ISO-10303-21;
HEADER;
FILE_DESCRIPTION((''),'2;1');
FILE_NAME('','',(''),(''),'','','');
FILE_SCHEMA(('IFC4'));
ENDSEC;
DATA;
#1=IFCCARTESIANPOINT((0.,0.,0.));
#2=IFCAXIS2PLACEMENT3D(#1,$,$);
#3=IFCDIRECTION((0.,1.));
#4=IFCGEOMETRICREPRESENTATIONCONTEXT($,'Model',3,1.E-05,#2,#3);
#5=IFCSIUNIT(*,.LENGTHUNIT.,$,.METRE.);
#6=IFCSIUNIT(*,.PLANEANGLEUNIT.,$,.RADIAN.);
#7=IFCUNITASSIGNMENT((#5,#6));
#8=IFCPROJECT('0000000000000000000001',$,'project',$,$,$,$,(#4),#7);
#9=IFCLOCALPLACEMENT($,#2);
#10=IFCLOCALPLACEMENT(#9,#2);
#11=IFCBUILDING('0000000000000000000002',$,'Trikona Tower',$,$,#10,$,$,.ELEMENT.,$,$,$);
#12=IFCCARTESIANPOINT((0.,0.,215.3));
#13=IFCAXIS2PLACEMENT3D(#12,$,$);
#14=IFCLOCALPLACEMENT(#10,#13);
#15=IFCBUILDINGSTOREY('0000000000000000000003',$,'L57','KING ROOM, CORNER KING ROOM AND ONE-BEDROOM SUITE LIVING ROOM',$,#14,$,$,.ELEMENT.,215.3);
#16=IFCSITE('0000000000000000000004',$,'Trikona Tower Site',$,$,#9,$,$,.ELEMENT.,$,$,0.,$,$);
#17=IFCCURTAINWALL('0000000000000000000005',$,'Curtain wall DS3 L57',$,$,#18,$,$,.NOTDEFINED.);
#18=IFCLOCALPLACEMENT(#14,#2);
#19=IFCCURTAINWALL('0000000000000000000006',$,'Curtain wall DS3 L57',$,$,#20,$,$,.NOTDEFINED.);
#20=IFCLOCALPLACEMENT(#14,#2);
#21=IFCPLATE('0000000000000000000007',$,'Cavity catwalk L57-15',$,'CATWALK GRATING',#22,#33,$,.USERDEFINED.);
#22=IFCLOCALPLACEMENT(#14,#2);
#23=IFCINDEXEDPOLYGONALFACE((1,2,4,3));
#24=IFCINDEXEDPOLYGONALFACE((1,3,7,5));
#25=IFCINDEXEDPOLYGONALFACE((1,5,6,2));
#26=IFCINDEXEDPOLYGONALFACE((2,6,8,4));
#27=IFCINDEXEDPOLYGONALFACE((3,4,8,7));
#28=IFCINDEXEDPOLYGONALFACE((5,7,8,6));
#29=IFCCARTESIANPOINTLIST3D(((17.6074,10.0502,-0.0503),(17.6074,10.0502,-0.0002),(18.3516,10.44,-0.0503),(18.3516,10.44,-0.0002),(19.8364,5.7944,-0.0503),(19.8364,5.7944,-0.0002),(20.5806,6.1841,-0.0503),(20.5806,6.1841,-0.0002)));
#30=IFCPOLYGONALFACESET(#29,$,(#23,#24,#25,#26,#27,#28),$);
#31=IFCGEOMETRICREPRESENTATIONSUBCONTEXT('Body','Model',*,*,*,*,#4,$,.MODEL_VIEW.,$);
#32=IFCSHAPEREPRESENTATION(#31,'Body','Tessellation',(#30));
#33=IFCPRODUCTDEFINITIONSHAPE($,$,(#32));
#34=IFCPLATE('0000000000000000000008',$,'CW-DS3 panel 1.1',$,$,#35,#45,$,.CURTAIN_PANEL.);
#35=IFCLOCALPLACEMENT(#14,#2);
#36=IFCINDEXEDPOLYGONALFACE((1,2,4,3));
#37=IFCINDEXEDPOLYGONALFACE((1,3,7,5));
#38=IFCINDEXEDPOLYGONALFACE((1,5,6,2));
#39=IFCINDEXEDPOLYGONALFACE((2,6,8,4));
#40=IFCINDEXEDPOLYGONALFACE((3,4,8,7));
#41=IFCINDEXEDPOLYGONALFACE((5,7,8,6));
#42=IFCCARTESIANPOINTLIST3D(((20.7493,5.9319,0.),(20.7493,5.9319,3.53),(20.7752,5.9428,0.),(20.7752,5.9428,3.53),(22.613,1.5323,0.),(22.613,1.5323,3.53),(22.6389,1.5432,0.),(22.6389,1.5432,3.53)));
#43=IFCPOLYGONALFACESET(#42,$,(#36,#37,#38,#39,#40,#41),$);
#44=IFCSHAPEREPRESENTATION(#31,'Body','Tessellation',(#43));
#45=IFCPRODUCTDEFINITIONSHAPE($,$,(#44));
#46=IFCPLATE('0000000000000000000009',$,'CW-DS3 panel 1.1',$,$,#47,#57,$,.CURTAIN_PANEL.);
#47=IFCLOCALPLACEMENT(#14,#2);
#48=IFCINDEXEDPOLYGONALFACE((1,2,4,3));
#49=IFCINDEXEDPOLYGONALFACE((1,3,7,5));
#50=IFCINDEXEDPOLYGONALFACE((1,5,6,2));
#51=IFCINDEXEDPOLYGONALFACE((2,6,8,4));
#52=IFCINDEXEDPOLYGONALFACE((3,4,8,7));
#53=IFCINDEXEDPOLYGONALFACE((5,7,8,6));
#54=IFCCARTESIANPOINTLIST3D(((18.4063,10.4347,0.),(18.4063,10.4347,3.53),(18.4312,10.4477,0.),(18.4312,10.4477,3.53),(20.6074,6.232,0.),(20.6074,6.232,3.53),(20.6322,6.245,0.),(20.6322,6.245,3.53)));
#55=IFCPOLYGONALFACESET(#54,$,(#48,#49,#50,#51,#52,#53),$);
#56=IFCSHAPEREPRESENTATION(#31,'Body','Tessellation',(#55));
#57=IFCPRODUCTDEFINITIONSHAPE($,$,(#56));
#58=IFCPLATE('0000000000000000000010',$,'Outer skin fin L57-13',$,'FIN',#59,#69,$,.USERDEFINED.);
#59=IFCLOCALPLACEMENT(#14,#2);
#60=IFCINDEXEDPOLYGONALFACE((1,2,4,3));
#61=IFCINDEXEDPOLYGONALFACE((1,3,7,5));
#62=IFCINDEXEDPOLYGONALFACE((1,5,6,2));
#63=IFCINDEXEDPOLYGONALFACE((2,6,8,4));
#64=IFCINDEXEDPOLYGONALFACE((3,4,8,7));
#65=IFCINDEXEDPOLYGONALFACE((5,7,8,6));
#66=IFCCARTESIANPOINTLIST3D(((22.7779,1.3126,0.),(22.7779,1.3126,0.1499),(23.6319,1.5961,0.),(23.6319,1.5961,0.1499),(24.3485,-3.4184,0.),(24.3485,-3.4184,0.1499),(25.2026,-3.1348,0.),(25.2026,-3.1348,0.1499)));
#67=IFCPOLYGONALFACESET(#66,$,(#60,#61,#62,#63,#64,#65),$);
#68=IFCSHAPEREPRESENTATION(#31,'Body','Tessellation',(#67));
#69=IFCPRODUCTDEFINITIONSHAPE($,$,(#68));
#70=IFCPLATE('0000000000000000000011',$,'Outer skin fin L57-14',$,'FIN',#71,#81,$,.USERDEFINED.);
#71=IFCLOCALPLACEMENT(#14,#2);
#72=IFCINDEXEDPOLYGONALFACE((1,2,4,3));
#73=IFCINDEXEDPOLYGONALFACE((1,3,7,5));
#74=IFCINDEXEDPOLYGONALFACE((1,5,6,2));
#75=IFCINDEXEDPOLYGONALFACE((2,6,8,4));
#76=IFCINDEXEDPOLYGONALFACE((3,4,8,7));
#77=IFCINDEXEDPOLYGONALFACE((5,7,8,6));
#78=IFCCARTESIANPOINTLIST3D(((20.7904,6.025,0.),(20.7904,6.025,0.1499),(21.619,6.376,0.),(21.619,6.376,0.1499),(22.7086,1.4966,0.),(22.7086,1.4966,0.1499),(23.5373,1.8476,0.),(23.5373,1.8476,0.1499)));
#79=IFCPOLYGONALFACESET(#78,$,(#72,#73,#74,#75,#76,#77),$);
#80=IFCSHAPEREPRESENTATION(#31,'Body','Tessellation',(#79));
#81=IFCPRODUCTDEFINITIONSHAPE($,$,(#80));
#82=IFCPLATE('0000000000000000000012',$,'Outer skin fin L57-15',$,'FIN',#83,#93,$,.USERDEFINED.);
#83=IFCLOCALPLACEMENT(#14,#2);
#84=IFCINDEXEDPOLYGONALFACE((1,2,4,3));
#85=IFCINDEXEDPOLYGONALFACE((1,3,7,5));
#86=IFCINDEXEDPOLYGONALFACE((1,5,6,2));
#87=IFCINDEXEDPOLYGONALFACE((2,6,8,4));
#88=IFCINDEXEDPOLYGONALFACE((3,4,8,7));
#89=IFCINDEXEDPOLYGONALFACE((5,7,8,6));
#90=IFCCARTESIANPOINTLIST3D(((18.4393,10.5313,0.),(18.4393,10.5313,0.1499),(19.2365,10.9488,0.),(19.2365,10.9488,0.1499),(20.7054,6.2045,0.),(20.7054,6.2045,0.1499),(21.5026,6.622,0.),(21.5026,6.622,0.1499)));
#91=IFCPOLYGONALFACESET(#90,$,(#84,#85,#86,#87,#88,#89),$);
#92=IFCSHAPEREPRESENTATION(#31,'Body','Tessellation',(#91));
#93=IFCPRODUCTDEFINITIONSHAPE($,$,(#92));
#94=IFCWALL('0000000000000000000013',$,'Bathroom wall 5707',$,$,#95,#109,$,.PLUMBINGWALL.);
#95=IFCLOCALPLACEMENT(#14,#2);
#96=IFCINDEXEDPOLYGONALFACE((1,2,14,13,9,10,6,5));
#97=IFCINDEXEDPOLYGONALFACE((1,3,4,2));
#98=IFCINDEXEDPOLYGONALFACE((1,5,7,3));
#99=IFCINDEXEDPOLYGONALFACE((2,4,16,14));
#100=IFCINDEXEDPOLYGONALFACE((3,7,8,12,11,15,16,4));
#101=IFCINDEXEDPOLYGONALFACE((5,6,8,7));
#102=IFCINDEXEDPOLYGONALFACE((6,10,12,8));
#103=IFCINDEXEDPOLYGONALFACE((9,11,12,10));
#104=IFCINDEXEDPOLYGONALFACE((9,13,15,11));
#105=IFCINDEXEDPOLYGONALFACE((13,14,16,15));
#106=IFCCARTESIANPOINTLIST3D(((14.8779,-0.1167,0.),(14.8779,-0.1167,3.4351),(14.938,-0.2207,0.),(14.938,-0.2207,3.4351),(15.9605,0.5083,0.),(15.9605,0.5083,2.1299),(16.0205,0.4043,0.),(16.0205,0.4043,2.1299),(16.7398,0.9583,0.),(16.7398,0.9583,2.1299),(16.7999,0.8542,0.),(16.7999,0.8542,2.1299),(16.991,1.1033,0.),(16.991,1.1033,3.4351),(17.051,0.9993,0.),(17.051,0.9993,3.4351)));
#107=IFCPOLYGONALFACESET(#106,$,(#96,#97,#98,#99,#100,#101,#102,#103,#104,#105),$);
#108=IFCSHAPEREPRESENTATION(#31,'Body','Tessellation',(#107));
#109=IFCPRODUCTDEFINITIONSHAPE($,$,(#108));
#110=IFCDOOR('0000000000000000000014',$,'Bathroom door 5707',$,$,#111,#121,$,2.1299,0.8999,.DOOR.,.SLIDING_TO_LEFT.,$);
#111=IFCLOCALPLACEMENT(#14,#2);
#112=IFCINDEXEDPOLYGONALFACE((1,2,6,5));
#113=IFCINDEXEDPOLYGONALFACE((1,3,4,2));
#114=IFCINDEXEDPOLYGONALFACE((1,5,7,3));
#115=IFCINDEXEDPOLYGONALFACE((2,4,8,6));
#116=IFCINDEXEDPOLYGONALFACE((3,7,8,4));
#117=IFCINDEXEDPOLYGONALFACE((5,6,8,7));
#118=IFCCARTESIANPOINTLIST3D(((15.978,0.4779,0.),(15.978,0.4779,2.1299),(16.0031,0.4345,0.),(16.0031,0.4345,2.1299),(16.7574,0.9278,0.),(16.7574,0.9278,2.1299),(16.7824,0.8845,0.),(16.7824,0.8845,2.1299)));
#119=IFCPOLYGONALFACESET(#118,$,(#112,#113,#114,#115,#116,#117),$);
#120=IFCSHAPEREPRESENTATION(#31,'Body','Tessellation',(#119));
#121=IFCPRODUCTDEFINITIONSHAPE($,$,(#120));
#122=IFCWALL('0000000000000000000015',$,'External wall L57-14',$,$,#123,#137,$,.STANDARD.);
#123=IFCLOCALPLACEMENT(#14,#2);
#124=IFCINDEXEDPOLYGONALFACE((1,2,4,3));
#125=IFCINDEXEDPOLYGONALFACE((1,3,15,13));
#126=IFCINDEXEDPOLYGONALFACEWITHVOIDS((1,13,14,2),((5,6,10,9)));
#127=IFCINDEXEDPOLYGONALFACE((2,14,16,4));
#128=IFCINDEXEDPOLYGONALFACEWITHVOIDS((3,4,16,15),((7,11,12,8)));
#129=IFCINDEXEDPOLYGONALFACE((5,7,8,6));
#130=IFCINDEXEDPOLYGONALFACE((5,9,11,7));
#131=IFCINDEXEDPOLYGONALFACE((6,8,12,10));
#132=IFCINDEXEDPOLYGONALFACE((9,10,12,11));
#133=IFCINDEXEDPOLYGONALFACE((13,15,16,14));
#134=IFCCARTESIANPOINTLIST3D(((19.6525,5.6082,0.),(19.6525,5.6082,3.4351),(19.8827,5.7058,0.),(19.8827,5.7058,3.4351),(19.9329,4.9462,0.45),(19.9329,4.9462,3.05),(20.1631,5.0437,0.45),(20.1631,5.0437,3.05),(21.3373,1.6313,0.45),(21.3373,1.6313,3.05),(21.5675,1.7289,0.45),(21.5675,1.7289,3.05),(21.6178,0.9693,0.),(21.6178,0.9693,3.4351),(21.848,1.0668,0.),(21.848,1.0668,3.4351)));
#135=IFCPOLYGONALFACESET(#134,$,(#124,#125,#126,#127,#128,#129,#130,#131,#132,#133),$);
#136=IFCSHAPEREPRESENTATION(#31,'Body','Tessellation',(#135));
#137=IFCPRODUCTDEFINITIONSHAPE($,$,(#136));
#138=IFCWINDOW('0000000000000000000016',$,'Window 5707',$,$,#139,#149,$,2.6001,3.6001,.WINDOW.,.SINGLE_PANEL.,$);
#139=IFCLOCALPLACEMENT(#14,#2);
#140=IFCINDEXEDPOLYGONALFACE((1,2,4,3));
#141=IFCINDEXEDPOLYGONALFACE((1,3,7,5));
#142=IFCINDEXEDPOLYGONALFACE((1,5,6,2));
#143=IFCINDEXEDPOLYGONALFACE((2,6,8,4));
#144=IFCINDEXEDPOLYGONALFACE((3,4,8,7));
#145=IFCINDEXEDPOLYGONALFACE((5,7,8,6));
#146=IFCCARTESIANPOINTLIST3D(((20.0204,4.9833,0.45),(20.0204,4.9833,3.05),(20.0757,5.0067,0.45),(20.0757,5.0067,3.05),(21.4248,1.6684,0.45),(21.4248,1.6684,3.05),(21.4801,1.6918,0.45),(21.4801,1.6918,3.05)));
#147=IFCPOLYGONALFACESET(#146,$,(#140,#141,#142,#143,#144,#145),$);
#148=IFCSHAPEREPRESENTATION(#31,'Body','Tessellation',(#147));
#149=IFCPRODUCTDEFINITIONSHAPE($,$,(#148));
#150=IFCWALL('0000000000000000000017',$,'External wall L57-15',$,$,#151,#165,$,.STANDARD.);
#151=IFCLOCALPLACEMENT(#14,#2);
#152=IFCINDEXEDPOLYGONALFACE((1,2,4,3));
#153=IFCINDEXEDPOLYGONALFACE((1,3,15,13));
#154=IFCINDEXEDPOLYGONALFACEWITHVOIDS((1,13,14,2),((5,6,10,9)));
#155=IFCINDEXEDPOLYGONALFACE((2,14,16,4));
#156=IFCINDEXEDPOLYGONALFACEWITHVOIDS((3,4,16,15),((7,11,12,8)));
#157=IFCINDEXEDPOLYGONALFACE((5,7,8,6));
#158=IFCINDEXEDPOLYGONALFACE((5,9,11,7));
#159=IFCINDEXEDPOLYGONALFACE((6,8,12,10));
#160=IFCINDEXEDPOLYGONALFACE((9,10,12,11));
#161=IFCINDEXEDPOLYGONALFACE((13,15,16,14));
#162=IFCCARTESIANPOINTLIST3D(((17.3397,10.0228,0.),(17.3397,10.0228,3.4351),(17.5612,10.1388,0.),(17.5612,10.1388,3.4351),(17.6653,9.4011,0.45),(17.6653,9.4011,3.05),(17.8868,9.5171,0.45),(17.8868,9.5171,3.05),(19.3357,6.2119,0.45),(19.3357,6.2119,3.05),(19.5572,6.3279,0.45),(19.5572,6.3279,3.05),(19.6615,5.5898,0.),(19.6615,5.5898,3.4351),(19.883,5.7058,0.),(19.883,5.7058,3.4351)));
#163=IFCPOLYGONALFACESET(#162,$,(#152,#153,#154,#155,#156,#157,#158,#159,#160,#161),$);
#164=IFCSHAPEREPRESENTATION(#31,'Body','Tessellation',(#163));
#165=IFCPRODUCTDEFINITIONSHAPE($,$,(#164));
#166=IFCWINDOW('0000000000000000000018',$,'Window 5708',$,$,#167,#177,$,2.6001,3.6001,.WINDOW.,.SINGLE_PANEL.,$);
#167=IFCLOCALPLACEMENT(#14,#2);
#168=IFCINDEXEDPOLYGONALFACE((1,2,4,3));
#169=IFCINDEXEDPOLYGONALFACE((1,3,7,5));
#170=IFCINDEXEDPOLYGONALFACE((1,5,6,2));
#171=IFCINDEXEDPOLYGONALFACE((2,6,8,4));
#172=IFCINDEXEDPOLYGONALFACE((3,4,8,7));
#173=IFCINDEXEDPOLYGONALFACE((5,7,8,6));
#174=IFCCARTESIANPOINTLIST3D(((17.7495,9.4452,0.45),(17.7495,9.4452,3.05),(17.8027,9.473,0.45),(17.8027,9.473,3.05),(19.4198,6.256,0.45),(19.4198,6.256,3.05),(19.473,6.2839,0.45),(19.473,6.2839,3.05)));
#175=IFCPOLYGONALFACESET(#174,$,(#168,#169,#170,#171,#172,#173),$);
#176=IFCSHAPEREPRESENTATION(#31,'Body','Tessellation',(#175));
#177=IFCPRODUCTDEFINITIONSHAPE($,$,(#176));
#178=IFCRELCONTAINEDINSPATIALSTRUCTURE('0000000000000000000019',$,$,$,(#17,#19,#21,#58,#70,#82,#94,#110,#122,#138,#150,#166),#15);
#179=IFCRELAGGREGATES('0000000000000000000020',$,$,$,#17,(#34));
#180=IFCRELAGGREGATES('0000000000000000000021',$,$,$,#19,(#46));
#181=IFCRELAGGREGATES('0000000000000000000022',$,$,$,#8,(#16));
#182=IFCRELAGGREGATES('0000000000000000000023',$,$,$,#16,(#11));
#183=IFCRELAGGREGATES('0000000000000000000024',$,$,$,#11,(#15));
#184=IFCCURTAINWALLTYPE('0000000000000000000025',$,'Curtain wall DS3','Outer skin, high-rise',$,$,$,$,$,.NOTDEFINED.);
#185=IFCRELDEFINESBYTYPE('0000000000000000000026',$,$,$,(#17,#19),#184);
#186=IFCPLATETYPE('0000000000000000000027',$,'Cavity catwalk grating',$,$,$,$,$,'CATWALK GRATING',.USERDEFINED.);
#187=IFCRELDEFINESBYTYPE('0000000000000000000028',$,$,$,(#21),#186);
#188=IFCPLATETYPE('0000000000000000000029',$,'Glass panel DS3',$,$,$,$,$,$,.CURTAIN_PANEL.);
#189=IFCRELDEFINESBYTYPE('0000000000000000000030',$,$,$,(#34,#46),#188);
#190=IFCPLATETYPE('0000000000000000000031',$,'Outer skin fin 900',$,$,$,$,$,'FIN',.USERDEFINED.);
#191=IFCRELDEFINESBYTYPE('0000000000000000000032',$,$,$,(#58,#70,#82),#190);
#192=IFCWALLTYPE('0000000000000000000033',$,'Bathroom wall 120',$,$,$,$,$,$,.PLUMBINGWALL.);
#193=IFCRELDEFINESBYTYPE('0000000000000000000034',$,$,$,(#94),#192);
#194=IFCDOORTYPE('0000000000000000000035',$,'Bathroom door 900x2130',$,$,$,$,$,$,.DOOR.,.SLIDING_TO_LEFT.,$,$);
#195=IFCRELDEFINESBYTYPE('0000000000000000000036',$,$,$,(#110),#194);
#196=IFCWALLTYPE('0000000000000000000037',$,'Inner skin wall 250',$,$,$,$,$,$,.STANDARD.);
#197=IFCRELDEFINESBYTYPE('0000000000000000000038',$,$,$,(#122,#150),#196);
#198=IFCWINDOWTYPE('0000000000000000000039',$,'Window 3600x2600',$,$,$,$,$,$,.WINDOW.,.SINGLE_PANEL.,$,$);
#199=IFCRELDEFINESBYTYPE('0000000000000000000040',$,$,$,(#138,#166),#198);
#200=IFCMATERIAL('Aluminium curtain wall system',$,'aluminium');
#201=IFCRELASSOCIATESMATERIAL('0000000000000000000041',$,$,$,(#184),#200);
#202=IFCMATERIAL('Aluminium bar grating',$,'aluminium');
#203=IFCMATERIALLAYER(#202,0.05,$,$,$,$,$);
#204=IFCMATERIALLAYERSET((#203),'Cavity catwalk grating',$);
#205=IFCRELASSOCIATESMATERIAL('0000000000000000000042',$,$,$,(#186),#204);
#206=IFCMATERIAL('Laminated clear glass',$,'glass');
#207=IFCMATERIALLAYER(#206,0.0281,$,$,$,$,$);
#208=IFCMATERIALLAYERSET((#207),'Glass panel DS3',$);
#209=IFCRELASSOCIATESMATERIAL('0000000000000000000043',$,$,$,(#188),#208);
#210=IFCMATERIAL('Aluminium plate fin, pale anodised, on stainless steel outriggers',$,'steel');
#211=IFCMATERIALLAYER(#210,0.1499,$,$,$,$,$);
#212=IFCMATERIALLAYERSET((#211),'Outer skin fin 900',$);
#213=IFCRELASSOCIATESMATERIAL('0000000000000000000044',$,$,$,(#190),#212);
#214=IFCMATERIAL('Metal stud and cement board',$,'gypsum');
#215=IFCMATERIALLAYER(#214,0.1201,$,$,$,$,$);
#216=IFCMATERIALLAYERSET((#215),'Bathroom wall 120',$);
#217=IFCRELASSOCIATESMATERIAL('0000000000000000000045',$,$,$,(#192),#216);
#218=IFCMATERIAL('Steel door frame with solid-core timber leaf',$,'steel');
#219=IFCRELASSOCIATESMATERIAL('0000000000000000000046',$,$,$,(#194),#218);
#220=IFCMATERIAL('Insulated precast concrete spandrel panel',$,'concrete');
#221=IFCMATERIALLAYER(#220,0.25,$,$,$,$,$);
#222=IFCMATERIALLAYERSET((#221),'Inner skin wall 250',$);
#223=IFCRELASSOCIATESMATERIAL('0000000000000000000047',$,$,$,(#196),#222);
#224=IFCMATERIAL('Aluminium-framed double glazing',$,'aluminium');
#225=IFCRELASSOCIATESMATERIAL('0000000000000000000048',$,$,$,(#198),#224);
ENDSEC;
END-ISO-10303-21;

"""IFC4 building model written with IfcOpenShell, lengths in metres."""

from ifc_helpers import new_model, si_unit, direction, frame, frame_2d, origin, origin_2d, place, context, subcontext, project, spatial, rectangle, extrude, material, layer, layer_set, type_object, element, fill, aggregate, save


model = new_model("IFC4")

# Units and contexts
model_context = context("Model", 3, precision=1e-05, world=origin(), true_north=direction((0.0, 1.0)))
body_context = subcontext(model_context, "Body", "Model", "MODEL_VIEW")
ifc_project = project(units=[si_unit("LENGTHUNIT", "METRE"), si_unit("PLANEANGLEUNIT", "RADIAN")], contexts=[model_context])

# Site, building, storey
site_placement = place(None, origin())
site = spatial("IfcSite", under=ifc_project, at=site_placement, Name="Trikona Tower Site", CompositionType="ELEMENT", RefElevation=0.0)
building_placement = place(site_placement, origin())
building = spatial("IfcBuilding", under=site, at=building_placement, Name="Trikona Tower", CompositionType="ELEMENT")
storey_placement = place(building_placement, frame((0.0, 0.0, 215.3)))
storey = spatial("IfcBuildingStorey", under=building, at=storey_placement, Name="L57", Description="KING ROOM, CORNER KING ROOM AND ONE-BEDROOM SUITE LIVING ROOM", CompositionType="ELEMENT", Elevation=215.3)

# Shared definitions
ifc_material_1 = material(Name="Aluminium curtain wall system", Category="aluminium")
curtain_wall_type = type_object("IfcCurtainWallType", Name="Curtain wall DS3", Description="Outer skin, high-rise", PredefinedType="NOTDEFINED", material=ifc_material_1)

# Curtain walls
curtain_wall_1_placement = place(storey_placement, origin())
curtain_wall_1 = element("IfcCurtainWall", 1, at=curtain_wall_1_placement, inside=storey, type_object=curtain_wall_type, Name="Curtain wall DS3 L57", PredefinedType="NOTDEFINED")
curtain_wall_2_placement = place(storey_placement, origin())
curtain_wall_2 = element("IfcCurtainWall", 2, at=curtain_wall_2_placement, inside=storey, type_object=curtain_wall_type, Name="Curtain wall DS3 L57", PredefinedType="NOTDEFINED")

# Plate
ifc_material_2 = material(Name="Aluminium bar grating", Category="aluminium")
ifc_layer_1 = layer(ifc_material_2, 0.05)
ifc_layer_set_1 = layer_set([ifc_layer_1], Name="Cavity catwalk grating")
plate_type_1 = type_object("IfcPlateType", Name="Cavity catwalk grating", ElementType="CATWALK GRATING", PredefinedType="USERDEFINED", material=ifc_layer_set_1)
plate_1_placement = place(storey_placement, frame((19.094, 8.1172, -0.0503), z_axis=(0.0, 0.0, 1.0), x_axis=(-0.463952, 0.88586, 0.0)))
element("IfcPlate", 3, at=plate_1_placement, inside=storey, type_object=plate_type_1, Name="Cavity catwalk L57-15", ObjectType="CATWALK GRATING", PredefinedType="USERDEFINED", context=body_context, shape_type="SweptSolid", body=[
    extrude(rectangle(XDim=4.8042, YDim=0.8401, at=origin_2d()), origin(), (0.0, 0.0, 1.0), 0.05),
])

# Plates
ifc_material_3 = material(Name="Laminated clear glass", Category="glass")
ifc_layer_2 = layer(ifc_material_3, 0.0281)
ifc_layer_set_2 = layer_set([ifc_layer_2], Name="Glass panel DS3")
plate_type_2 = type_object("IfcPlateType", Name="Glass panel DS3", PredefinedType="CURTAIN_PANEL", material=ifc_layer_set_2)
plate_2_placement = place(storey_placement, frame((21.6941, 3.7375, 0.0), z_axis=(0.0, 0.0, 1.0), x_axis=(-0.390053, 0.920792, 0.0)))
plate_2 = element("IfcPlate", 4, at=plate_2_placement, type_object=plate_type_2, Name="CW-DS3 panel 1.1", PredefinedType="CURTAIN_PANEL", context=body_context, shape_type="SweptSolid", body=[
    extrude(rectangle(XDim=4.7781, YDim=0.0281, at=origin_2d()), origin(), (0.0, 0.0, 1.0), 3.53),
])
aggregate(curtain_wall_1, [plate_2])
plate_3_placement = place(storey_placement, frame((19.5193, 8.3398, 0.0), z_axis=(0.0, 0.0, 1.0), x_axis=(-0.463948, 0.885862, 0.0)))
plate_3 = element("IfcPlate", 5, at=plate_3_placement, type_object=plate_type_2, Name="CW-DS3 panel 1.1", PredefinedType="CURTAIN_PANEL", context=body_context, shape_type="SweptSolid", body=[
    extrude(rectangle(XDim=4.7441, YDim=0.0281, at=origin_2d()), origin(), (0.0, 0.0, 1.0), 3.53),
])
aggregate(curtain_wall_2, [plate_3])

# Plates
ifc_material_4 = material(Name="Aluminium plate fin, pale anodised, on stainless steel outriggers", Category="steel")
ifc_layer_3 = layer(ifc_material_4, 0.1499)
ifc_layer_set_3 = layer_set([ifc_layer_3], Name="Outer skin fin 900")
plate_type_3 = type_object("IfcPlateType", Name="Outer skin fin 900", ElementType="FIN", PredefinedType="USERDEFINED", material=ifc_layer_set_3)
plate_4_placement = place(storey_placement, frame((23.9902, -0.9111, 0.0), z_axis=(0.0, 0.0, 1.0), x_axis=(-0.315093, 0.949061, 0.0)))
element("IfcPlate", 6, at=plate_4_placement, inside=storey, type_object=plate_type_3, Name="Outer skin fin L57-13", ObjectType="FIN", PredefinedType="USERDEFINED", context=body_context, shape_type="SweptSolid", body=[
    extrude(rectangle(XDim=4.9849, YDim=0.8999, at=origin_2d()), origin(), (0.0, 0.0, 1.0), 0.1499),
])
plate_5_placement = place(storey_placement, frame((22.1638, 3.9363, 0.0), z_axis=(0.0, 0.0, 1.0), x_axis=(-0.390051, 0.920793, 0.0)))
element("IfcPlate", 7, at=plate_5_placement, inside=storey, type_object=plate_type_3, Name="Outer skin fin L57-14", ObjectType="FIN", PredefinedType="USERDEFINED", context=body_context, shape_type="SweptSolid", body=[
    extrude(rectangle(XDim=4.918, YDim=0.8999, at=origin_2d()), origin(), (0.0, 0.0, 1.0), 0.1499),
])
plate_6_placement = place(storey_placement, frame((19.9709, 8.5767, 0.0), z_axis=(0.0, 0.0, 1.0), x_axis=(-0.463952, 0.88586, 0.0)))
element("IfcPlate", 8, at=plate_6_placement, inside=storey, type_object=plate_type_3, Name="Outer skin fin L57-15", ObjectType="FIN", PredefinedType="USERDEFINED", context=body_context, shape_type="SweptSolid", body=[
    extrude(rectangle(XDim=4.8843, YDim=0.8999, at=origin_2d()), origin(), (0.0, 0.0, 1.0), 0.1499),
])

# Wall, opening, door
ifc_material_5 = material(Name="Metal stud and cement board", Category="gypsum")
ifc_layer_4 = layer(ifc_material_5, 0.1201)
ifc_layer_set_4 = layer_set([ifc_layer_4], Name="Bathroom wall 120")
wall_type_1 = type_object("IfcWallType", Name="Bathroom wall 120", PredefinedType="PLUMBINGWALL", material=ifc_layer_set_4)
wall_1_placement = place(storey_placement, frame((14.908, -0.1687, 0.0), z_axis=(0.0, 0.0, 1.0), x_axis=(0.866024, 0.500003, 0.0)))
wall_1 = element("IfcWall", 9, at=wall_1_placement, inside=storey, type_object=wall_type_1, Name="Bathroom wall 5707", PredefinedType="PLUMBINGWALL", context=body_context, shape_type="SweptSolid", body=[
    extrude(rectangle(XDim=2.4399, YDim=0.1201, at=frame_2d((1.22, 0.0))), origin(), (0.0, 0.0, 1.0), 3.4351),
])
opening_1_placement = place(wall_1_placement, frame((1.25, 0.0, 0.0)))
opening_1 = element("IfcOpeningElement", 10, at=opening_1_placement, cuts=wall_1, PredefinedType="OPENING", context=body_context, shape_type="SweptSolid", body=[
    extrude(rectangle(XDim=0.8999, YDim=2.1299, at=frame_2d((0.45, 1.0649))), frame((0.0, 0.0701, 0.0), z_axis=(0.0, -1.0, 0.0), x_axis=(1.0, 0.0, 0.0)), (0.0, 0.0, 1.0), 0.1401),
])
ifc_material_6 = material(Name="Steel door frame with solid-core timber leaf", Category="steel")
door_type = type_object("IfcDoorType", Name="Bathroom door 900x2130", OperationType="SLIDING_TO_LEFT", PredefinedType="DOOR", material=ifc_material_6)
door_placement = place(opening_1_placement, origin())
door = element("IfcDoor", 11, at=door_placement, inside=storey, type_object=door_type, Name="Bathroom door 5707", OperationType="SLIDING_TO_LEFT", OverallHeight=2.1299, OverallWidth=0.8999, PredefinedType="DOOR", context=body_context, shape_type="SweptSolid", body=[
    extrude(rectangle(XDim=0.8999, YDim=2.1299, at=frame_2d((0.45, 1.0649))), frame((0.0, 0.0249, 0.0), z_axis=(0.0, -1.0, 0.0), x_axis=(1.0, 0.0, 0.0)), (0.0, 0.0, 1.0), 0.05),
])
fill(opening_1, door)

# Walls, openings, windows
ifc_material_7 = material(Name="Insulated precast concrete spandrel panel", Category="concrete")
ifc_layer_5 = layer(ifc_material_7, 0.25)
ifc_layer_set_5 = layer_set([ifc_layer_5], Name="Inner skin wall 250")
wall_type_2 = type_object("IfcWallType", Name="Inner skin wall 250", PredefinedType="STANDARD", material=ifc_layer_set_5)
wall_2_placement = place(storey_placement, frame((21.7329, 1.0181, 0.0), z_axis=(0.0, 0.0, 1.0), x_axis=(-0.390097, 0.920774, 0.0)))
wall_2 = element("IfcWall", 12, at=wall_2_placement, inside=storey, type_object=wall_type_2, Name="External wall L57-14", PredefinedType="STANDARD", context=body_context, shape_type="SweptSolid", body=[
    extrude(rectangle(XDim=5.0381, YDim=0.25, at=frame_2d((2.519, 0.0))), origin(), (0.0, 0.0, 1.0), 3.4351),
])
opening_2_placement = place(wall_2_placement, frame((0.719, 0.0, 0.45)))
opening_2 = element("IfcOpeningElement", 13, at=opening_2_placement, cuts=wall_2, PredefinedType="OPENING", context=body_context, shape_type="SweptSolid", body=[
    extrude(rectangle(XDim=3.6001, YDim=2.6001, at=frame_2d((1.8, 1.3))), frame((0.0, 0.135, 0.0), z_axis=(0.0, -1.0, 0.0), x_axis=(1.0, 0.0, 0.0)), (0.0, 0.0, 1.0), 0.27),
])
ifc_material_8 = material(Name="Aluminium-framed double glazing", Category="aluminium")
window_type = type_object("IfcWindowType", Name="Window 3600x2600", PartitioningType="SINGLE_PANEL", PredefinedType="WINDOW", material=ifc_material_8)
window_1_placement = place(opening_2_placement, origin())
window_1 = element("IfcWindow", 14, at=window_1_placement, inside=storey, type_object=window_type, Name="Window 5707", OverallHeight=2.6001, OverallWidth=3.6001, PartitioningType="SINGLE_PANEL", PredefinedType="WINDOW", context=body_context, shape_type="SweptSolid", body=[
    extrude(rectangle(XDim=3.6001, YDim=2.6001, at=frame_2d((1.8, 1.3))), frame((0.0, 0.03, 0.0), z_axis=(0.0, -1.0, 0.0), x_axis=(1.0, 0.0, 0.0)), (0.0, 0.0, 1.0), 0.0601),
])
fill(opening_2, window_1)
wall_3_placement = place(storey_placement, frame((19.7722, 5.6479, 0.0), z_axis=(0.0, 0.0, 1.0), x_axis=(-0.463976, 0.885848, 0.0)))
wall_3 = element("IfcWall", 15, at=wall_3_placement, inside=storey, type_object=wall_type_2, Name="External wall L57-15", PredefinedType="STANDARD", context=body_context, shape_type="SweptSolid", body=[
    extrude(rectangle(XDim=5.0042, YDim=0.25, at=frame_2d((2.502, 0.0))), origin(), (0.0, 0.0, 1.0), 3.4351),
])
opening_3_placement = place(wall_3_placement, frame((0.7021, 0.0, 0.45)))
opening_3 = element("IfcOpeningElement", 16, at=opening_3_placement, cuts=wall_3, PredefinedType="OPENING", context=body_context, shape_type="SweptSolid", body=[
    extrude(rectangle(XDim=3.6001, YDim=2.6001, at=frame_2d((1.8, 1.3))), frame((0.0, 0.135, 0.0), z_axis=(0.0, -1.0, 0.0), x_axis=(1.0, 0.0, 0.0)), (0.0, 0.0, 1.0), 0.27),
])
window_2_placement = place(opening_3_placement, origin())
window_2 = element("IfcWindow", 17, at=window_2_placement, inside=storey, type_object=window_type, Name="Window 5708", OverallHeight=2.6001, OverallWidth=3.6001, PartitioningType="SINGLE_PANEL", PredefinedType="WINDOW", context=body_context, shape_type="SweptSolid", body=[
    extrude(rectangle(XDim=3.6001, YDim=2.6001, at=frame_2d((1.8, 1.3))), frame((0.0, 0.03, 0.0), z_axis=(0.0, -1.0, 0.0), x_axis=(1.0, 0.0, 0.0)), (0.0, 0.0, 1.0), 0.0601),
])
fill(opening_3, window_2)

save(model, "model.ifc")
